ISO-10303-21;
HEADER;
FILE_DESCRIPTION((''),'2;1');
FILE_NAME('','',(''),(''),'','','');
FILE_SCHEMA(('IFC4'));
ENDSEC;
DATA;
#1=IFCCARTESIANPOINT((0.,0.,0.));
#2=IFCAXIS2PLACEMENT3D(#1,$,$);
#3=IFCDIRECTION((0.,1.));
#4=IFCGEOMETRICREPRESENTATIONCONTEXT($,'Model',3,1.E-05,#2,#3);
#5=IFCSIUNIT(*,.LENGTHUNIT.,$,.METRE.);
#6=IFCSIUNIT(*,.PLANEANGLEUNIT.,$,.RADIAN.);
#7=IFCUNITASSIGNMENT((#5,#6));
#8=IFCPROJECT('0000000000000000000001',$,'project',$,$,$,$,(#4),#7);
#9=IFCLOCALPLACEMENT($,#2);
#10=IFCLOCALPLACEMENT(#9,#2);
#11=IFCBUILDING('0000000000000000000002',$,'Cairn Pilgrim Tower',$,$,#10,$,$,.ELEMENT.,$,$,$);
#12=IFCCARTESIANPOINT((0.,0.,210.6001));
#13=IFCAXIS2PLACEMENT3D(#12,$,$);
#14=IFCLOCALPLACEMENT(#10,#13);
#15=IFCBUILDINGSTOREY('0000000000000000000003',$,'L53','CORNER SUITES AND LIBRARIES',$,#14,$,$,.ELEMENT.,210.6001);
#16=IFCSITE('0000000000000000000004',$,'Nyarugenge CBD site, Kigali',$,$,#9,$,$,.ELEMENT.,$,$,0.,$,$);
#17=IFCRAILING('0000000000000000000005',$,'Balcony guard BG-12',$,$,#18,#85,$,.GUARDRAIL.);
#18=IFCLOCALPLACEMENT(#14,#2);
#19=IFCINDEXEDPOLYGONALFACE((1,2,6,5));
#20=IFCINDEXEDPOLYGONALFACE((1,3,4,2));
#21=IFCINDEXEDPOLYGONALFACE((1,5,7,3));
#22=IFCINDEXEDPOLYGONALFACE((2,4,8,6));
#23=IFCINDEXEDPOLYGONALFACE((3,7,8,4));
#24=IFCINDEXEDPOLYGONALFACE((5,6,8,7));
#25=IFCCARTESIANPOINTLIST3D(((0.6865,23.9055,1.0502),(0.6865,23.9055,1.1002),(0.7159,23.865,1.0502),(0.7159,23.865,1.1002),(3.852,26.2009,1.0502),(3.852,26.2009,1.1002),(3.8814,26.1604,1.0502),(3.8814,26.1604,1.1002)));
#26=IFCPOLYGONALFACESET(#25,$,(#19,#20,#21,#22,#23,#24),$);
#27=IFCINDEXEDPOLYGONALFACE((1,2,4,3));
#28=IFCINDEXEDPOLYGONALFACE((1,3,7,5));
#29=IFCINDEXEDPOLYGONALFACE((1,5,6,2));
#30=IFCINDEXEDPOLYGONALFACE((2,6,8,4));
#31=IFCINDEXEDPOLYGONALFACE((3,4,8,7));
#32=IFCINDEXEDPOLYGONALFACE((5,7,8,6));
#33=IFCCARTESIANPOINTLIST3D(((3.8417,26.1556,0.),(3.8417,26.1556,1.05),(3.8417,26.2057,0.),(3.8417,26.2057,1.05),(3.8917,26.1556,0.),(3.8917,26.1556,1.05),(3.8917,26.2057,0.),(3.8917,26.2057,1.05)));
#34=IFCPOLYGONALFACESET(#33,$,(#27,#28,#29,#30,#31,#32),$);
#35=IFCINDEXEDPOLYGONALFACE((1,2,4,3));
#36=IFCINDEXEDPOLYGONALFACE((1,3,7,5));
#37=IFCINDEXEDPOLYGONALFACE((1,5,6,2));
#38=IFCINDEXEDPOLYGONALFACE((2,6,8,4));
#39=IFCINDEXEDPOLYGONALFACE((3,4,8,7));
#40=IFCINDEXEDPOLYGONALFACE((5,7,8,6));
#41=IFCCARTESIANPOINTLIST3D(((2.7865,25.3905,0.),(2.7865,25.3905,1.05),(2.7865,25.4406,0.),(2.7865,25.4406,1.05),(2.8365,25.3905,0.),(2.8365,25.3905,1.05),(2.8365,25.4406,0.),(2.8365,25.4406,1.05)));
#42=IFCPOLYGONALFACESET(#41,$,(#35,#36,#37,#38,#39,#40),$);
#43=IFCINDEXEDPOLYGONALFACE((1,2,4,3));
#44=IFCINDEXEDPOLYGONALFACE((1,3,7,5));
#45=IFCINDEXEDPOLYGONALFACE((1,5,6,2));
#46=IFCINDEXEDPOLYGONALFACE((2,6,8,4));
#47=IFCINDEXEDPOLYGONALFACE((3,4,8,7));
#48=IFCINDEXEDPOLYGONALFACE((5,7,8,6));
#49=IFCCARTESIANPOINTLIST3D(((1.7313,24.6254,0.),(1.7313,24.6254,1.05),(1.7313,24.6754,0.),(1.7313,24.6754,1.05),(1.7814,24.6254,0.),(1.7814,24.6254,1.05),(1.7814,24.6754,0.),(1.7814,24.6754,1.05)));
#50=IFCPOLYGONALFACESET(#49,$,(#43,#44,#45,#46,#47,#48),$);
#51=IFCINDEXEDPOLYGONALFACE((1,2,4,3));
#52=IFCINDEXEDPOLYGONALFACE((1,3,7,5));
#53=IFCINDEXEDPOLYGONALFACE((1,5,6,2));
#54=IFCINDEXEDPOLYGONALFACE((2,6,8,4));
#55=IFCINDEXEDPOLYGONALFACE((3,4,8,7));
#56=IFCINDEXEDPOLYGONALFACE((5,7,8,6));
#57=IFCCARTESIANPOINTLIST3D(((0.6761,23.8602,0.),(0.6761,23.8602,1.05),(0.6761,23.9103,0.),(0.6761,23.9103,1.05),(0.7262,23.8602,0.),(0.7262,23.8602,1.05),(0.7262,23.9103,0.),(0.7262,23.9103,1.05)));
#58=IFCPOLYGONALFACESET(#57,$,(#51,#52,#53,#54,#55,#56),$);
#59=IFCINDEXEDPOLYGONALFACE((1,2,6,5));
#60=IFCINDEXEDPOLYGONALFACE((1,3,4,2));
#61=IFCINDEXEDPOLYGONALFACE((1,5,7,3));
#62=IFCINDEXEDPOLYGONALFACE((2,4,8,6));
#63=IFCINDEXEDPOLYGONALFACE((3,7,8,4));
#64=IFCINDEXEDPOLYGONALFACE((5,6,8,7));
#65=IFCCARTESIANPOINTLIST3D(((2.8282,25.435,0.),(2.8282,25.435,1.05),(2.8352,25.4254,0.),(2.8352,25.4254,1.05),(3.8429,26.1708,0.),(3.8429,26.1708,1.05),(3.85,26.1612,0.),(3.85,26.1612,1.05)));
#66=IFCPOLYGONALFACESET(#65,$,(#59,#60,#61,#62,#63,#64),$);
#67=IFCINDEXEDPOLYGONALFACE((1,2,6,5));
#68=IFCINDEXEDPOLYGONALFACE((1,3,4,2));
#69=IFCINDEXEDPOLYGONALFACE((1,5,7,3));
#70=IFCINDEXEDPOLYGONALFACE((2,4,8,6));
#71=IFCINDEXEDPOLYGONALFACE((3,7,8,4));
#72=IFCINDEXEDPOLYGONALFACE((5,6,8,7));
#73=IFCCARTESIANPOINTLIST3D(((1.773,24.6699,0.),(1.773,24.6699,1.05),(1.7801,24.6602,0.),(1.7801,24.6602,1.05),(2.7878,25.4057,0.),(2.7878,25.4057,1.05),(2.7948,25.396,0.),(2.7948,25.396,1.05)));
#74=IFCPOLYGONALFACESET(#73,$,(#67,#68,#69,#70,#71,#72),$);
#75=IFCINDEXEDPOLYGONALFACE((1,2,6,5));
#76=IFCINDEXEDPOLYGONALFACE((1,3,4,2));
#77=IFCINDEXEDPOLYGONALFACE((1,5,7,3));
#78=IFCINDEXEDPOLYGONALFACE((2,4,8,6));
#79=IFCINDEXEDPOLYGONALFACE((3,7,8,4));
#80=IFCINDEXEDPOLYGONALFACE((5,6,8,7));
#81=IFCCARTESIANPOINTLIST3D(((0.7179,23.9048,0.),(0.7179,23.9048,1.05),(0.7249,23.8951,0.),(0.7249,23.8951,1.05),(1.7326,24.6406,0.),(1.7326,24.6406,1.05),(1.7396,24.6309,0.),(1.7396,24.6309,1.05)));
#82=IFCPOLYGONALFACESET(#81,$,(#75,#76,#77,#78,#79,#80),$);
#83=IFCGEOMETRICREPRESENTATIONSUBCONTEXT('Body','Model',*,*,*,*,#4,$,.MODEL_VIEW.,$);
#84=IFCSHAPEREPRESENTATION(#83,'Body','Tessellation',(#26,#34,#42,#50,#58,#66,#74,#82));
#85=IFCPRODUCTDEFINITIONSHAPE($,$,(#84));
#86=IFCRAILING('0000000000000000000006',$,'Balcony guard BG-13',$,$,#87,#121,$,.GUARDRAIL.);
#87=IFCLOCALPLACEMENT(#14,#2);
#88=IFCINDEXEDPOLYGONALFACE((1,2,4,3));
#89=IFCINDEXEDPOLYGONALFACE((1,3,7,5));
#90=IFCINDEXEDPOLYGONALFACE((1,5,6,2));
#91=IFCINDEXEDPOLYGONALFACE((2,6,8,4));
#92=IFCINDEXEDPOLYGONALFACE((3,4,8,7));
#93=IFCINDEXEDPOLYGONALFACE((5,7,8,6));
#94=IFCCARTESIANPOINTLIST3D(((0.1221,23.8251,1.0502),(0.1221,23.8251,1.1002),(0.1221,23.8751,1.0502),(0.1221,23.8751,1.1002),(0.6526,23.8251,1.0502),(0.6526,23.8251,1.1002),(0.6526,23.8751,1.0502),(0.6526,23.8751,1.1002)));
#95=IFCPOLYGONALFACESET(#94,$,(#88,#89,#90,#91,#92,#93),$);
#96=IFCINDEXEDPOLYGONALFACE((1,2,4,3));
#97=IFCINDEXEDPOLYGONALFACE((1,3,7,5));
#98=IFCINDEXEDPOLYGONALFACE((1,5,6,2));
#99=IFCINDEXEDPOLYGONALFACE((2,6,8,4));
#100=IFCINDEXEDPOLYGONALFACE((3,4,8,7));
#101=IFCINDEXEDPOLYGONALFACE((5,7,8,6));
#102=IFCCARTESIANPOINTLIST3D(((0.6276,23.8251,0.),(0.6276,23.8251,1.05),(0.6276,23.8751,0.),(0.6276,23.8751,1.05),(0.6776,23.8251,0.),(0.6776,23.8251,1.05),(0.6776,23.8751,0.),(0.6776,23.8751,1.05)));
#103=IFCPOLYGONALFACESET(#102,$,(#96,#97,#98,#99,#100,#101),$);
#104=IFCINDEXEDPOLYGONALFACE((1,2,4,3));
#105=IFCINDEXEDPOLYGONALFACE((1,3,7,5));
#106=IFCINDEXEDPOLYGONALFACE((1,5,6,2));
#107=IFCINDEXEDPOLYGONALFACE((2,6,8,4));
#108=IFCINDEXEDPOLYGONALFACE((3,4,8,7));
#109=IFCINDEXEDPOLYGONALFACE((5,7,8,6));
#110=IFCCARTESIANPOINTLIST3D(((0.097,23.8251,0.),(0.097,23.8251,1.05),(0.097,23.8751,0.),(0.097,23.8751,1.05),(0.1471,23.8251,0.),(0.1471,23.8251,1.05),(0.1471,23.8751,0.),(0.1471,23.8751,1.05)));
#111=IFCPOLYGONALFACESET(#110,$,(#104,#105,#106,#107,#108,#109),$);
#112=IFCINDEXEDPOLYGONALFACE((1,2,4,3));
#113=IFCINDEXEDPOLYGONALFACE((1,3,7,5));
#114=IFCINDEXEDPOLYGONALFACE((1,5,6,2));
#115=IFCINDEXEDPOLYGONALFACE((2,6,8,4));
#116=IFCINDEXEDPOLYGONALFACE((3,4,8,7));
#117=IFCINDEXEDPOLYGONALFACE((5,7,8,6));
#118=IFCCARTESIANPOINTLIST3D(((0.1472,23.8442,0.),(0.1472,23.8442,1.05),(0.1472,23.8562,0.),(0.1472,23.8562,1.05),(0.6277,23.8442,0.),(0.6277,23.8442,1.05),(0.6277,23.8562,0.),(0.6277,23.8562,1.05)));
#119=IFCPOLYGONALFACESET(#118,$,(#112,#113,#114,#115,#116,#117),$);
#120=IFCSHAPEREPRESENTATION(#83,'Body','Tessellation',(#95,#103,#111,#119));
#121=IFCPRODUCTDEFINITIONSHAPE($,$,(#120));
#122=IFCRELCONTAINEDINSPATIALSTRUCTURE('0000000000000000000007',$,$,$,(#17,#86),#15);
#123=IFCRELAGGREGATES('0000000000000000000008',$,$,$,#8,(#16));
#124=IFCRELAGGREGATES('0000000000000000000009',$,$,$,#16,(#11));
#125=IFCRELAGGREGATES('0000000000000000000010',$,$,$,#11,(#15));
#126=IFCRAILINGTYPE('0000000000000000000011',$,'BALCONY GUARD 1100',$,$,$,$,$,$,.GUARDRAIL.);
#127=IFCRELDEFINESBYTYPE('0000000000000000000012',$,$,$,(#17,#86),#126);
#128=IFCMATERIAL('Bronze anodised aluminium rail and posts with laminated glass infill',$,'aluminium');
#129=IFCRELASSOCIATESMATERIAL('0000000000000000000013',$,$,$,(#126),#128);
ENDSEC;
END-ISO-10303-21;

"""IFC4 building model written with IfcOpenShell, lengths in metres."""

from ifc_helpers import new_model, si_unit, direction, frame, origin, origin_2d, place, context, subcontext, project, spatial, polyline, rectangle, outline, extrude, material, type_object, element, save


model = new_model("IFC4")

# Units and contexts
model_context = context("Model", 3, precision=1e-05, world=origin(), true_north=direction((0.0, 1.0)))
body_context = subcontext(model_context, "Body", "Model", "MODEL_VIEW")
ifc_project = project(units=[si_unit("LENGTHUNIT", "METRE"), si_unit("PLANEANGLEUNIT", "RADIAN")], contexts=[model_context])

# Site, building, storey
site_placement = place(None, origin())
site = spatial("IfcSite", under=ifc_project, at=site_placement, Name="Nyarugenge CBD site, Kigali", CompositionType="ELEMENT", RefElevation=0.0)
building_placement = place(site_placement, origin())
building = spatial("IfcBuilding", under=site, at=building_placement, Name="Cairn Pilgrim Tower", CompositionType="ELEMENT")
storey_placement = place(building_placement, frame((0.0, 0.0, 210.6001)))
storey = spatial("IfcBuildingStorey", under=building, at=storey_placement, Name="L53", Description="CORNER SUITES AND LIBRARIES", CompositionType="ELEMENT", Elevation=210.6001)

# Railings
ifc_material_1 = material(Name="Bronze anodised aluminium rail and posts with laminated glass infill", Category="aluminium")
railing_type_1 = type_object("IfcRailingType", Name="BALCONY GUARD 1100", PredefinedType="GUARDRAIL", material=ifc_material_1)
railing_1_placement = place(storey_placement, frame((3.8667, 26.1807, 0.0)))
element("IfcRailing", 1, at=railing_1_placement, inside=storey, type_object=railing_type_1, Name="Balcony guard BG-12", PredefinedType="GUARDRAIL", context=body_context, shape_type="SweptSolid", body=[
    extrude(rectangle(XDim=0.05, YDim=0.05, at=origin_2d()), frame((0.0, 0.0, 1.0752), z_axis=(-0.809561, -0.587035, 0.0), x_axis=(0.587035, -0.809561, 0.0)), (0.0, 0.0, 1.0), 3.9102),
    extrude(rectangle(XDim=0.05, YDim=0.05, at=origin_2d()), origin(), (0.0, 0.0, 1.0), 1.05),
    extrude(rectangle(XDim=0.05, YDim=0.05, at=origin_2d()), frame((-1.0552, -0.7651, 0.0)), (0.0, 0.0, 1.0), 1.05),
    extrude(rectangle(XDim=0.05, YDim=0.05, at=origin_2d()), frame((-2.1104, -1.5303, 0.0)), (0.0, 0.0, 1.0), 1.05),
    extrude(rectangle(XDim=0.05, YDim=0.05, at=origin_2d()), frame((-3.1655, -2.2954, 0.0)), (0.0, 0.0, 1.0), 1.05),
    extrude(outline(polyline([(0.0249, 0.0), (1.2783, 0.0), (1.2783, 1.05), (0.0249, 1.05), (0.0249, 0.0)])), frame((0.0034, -0.0049, 0.0), z_axis=(-0.587035, 0.809561, 0.0), x_axis=(-0.809561, -0.587035, 0.0)), (0.0, 0.0, 1.0), 0.012),
    extrude(outline(polyline([(0.0249, 0.0), (1.2783, 0.0), (1.2783, 1.05), (0.0249, 1.05), (0.0249, 0.0)])), frame((-1.0518, -0.77, 0.0), z_axis=(-0.587035, 0.809561, 0.0), x_axis=(-0.809561, -0.587035, 0.0)), (0.0, 0.0, 1.0), 0.012),
    extrude(outline(polyline([(0.0249, 0.0), (1.2783, 0.0), (1.2783, 1.05), (0.0249, 1.05), (0.0249, 0.0)])), frame((-2.1069, -1.5352, 0.0), z_axis=(-0.587035, 0.809561, 0.0), x_axis=(-0.809561, -0.587035, 0.0)), (0.0, 0.0, 1.0), 0.012),
])
railing_2_placement = place(storey_placement, frame((0.6526, 23.8501, 0.0)))
element("IfcRailing", 2, at=railing_2_placement, inside=storey, type_object=railing_type_1, Name="Balcony guard BG-13", PredefinedType="GUARDRAIL", context=body_context, shape_type="SweptSolid", body=[
    extrude(rectangle(XDim=0.05, YDim=0.05, at=origin_2d()), frame((0.0, 0.0, 1.0752), z_axis=(-1.0, 0.0, 0.0), x_axis=(0.0, -1.0, 0.0)), (0.0, 0.0, 1.0), 0.5305),
    extrude(rectangle(XDim=0.05, YDim=0.05, at=origin_2d()), origin(), (0.0, 0.0, 1.0), 1.05),
    extrude(rectangle(XDim=0.05, YDim=0.05, at=origin_2d()), frame((-0.5305, 0.0, 0.0)), (0.0, 0.0, 1.0), 1.05),
    extrude(outline(polyline([(0.0249, 0.0), (0.5054, 0.0), (0.5054, 1.05), (0.0249, 1.05), (0.0249, 0.0)])), frame((0.0, -0.0059, 0.0), z_axis=(0.0, 1.0, 0.0), x_axis=(-1.0, 0.0, 0.0)), (0.0, 0.0, 1.0), 0.012),
])

save(model, "model.ifc")
